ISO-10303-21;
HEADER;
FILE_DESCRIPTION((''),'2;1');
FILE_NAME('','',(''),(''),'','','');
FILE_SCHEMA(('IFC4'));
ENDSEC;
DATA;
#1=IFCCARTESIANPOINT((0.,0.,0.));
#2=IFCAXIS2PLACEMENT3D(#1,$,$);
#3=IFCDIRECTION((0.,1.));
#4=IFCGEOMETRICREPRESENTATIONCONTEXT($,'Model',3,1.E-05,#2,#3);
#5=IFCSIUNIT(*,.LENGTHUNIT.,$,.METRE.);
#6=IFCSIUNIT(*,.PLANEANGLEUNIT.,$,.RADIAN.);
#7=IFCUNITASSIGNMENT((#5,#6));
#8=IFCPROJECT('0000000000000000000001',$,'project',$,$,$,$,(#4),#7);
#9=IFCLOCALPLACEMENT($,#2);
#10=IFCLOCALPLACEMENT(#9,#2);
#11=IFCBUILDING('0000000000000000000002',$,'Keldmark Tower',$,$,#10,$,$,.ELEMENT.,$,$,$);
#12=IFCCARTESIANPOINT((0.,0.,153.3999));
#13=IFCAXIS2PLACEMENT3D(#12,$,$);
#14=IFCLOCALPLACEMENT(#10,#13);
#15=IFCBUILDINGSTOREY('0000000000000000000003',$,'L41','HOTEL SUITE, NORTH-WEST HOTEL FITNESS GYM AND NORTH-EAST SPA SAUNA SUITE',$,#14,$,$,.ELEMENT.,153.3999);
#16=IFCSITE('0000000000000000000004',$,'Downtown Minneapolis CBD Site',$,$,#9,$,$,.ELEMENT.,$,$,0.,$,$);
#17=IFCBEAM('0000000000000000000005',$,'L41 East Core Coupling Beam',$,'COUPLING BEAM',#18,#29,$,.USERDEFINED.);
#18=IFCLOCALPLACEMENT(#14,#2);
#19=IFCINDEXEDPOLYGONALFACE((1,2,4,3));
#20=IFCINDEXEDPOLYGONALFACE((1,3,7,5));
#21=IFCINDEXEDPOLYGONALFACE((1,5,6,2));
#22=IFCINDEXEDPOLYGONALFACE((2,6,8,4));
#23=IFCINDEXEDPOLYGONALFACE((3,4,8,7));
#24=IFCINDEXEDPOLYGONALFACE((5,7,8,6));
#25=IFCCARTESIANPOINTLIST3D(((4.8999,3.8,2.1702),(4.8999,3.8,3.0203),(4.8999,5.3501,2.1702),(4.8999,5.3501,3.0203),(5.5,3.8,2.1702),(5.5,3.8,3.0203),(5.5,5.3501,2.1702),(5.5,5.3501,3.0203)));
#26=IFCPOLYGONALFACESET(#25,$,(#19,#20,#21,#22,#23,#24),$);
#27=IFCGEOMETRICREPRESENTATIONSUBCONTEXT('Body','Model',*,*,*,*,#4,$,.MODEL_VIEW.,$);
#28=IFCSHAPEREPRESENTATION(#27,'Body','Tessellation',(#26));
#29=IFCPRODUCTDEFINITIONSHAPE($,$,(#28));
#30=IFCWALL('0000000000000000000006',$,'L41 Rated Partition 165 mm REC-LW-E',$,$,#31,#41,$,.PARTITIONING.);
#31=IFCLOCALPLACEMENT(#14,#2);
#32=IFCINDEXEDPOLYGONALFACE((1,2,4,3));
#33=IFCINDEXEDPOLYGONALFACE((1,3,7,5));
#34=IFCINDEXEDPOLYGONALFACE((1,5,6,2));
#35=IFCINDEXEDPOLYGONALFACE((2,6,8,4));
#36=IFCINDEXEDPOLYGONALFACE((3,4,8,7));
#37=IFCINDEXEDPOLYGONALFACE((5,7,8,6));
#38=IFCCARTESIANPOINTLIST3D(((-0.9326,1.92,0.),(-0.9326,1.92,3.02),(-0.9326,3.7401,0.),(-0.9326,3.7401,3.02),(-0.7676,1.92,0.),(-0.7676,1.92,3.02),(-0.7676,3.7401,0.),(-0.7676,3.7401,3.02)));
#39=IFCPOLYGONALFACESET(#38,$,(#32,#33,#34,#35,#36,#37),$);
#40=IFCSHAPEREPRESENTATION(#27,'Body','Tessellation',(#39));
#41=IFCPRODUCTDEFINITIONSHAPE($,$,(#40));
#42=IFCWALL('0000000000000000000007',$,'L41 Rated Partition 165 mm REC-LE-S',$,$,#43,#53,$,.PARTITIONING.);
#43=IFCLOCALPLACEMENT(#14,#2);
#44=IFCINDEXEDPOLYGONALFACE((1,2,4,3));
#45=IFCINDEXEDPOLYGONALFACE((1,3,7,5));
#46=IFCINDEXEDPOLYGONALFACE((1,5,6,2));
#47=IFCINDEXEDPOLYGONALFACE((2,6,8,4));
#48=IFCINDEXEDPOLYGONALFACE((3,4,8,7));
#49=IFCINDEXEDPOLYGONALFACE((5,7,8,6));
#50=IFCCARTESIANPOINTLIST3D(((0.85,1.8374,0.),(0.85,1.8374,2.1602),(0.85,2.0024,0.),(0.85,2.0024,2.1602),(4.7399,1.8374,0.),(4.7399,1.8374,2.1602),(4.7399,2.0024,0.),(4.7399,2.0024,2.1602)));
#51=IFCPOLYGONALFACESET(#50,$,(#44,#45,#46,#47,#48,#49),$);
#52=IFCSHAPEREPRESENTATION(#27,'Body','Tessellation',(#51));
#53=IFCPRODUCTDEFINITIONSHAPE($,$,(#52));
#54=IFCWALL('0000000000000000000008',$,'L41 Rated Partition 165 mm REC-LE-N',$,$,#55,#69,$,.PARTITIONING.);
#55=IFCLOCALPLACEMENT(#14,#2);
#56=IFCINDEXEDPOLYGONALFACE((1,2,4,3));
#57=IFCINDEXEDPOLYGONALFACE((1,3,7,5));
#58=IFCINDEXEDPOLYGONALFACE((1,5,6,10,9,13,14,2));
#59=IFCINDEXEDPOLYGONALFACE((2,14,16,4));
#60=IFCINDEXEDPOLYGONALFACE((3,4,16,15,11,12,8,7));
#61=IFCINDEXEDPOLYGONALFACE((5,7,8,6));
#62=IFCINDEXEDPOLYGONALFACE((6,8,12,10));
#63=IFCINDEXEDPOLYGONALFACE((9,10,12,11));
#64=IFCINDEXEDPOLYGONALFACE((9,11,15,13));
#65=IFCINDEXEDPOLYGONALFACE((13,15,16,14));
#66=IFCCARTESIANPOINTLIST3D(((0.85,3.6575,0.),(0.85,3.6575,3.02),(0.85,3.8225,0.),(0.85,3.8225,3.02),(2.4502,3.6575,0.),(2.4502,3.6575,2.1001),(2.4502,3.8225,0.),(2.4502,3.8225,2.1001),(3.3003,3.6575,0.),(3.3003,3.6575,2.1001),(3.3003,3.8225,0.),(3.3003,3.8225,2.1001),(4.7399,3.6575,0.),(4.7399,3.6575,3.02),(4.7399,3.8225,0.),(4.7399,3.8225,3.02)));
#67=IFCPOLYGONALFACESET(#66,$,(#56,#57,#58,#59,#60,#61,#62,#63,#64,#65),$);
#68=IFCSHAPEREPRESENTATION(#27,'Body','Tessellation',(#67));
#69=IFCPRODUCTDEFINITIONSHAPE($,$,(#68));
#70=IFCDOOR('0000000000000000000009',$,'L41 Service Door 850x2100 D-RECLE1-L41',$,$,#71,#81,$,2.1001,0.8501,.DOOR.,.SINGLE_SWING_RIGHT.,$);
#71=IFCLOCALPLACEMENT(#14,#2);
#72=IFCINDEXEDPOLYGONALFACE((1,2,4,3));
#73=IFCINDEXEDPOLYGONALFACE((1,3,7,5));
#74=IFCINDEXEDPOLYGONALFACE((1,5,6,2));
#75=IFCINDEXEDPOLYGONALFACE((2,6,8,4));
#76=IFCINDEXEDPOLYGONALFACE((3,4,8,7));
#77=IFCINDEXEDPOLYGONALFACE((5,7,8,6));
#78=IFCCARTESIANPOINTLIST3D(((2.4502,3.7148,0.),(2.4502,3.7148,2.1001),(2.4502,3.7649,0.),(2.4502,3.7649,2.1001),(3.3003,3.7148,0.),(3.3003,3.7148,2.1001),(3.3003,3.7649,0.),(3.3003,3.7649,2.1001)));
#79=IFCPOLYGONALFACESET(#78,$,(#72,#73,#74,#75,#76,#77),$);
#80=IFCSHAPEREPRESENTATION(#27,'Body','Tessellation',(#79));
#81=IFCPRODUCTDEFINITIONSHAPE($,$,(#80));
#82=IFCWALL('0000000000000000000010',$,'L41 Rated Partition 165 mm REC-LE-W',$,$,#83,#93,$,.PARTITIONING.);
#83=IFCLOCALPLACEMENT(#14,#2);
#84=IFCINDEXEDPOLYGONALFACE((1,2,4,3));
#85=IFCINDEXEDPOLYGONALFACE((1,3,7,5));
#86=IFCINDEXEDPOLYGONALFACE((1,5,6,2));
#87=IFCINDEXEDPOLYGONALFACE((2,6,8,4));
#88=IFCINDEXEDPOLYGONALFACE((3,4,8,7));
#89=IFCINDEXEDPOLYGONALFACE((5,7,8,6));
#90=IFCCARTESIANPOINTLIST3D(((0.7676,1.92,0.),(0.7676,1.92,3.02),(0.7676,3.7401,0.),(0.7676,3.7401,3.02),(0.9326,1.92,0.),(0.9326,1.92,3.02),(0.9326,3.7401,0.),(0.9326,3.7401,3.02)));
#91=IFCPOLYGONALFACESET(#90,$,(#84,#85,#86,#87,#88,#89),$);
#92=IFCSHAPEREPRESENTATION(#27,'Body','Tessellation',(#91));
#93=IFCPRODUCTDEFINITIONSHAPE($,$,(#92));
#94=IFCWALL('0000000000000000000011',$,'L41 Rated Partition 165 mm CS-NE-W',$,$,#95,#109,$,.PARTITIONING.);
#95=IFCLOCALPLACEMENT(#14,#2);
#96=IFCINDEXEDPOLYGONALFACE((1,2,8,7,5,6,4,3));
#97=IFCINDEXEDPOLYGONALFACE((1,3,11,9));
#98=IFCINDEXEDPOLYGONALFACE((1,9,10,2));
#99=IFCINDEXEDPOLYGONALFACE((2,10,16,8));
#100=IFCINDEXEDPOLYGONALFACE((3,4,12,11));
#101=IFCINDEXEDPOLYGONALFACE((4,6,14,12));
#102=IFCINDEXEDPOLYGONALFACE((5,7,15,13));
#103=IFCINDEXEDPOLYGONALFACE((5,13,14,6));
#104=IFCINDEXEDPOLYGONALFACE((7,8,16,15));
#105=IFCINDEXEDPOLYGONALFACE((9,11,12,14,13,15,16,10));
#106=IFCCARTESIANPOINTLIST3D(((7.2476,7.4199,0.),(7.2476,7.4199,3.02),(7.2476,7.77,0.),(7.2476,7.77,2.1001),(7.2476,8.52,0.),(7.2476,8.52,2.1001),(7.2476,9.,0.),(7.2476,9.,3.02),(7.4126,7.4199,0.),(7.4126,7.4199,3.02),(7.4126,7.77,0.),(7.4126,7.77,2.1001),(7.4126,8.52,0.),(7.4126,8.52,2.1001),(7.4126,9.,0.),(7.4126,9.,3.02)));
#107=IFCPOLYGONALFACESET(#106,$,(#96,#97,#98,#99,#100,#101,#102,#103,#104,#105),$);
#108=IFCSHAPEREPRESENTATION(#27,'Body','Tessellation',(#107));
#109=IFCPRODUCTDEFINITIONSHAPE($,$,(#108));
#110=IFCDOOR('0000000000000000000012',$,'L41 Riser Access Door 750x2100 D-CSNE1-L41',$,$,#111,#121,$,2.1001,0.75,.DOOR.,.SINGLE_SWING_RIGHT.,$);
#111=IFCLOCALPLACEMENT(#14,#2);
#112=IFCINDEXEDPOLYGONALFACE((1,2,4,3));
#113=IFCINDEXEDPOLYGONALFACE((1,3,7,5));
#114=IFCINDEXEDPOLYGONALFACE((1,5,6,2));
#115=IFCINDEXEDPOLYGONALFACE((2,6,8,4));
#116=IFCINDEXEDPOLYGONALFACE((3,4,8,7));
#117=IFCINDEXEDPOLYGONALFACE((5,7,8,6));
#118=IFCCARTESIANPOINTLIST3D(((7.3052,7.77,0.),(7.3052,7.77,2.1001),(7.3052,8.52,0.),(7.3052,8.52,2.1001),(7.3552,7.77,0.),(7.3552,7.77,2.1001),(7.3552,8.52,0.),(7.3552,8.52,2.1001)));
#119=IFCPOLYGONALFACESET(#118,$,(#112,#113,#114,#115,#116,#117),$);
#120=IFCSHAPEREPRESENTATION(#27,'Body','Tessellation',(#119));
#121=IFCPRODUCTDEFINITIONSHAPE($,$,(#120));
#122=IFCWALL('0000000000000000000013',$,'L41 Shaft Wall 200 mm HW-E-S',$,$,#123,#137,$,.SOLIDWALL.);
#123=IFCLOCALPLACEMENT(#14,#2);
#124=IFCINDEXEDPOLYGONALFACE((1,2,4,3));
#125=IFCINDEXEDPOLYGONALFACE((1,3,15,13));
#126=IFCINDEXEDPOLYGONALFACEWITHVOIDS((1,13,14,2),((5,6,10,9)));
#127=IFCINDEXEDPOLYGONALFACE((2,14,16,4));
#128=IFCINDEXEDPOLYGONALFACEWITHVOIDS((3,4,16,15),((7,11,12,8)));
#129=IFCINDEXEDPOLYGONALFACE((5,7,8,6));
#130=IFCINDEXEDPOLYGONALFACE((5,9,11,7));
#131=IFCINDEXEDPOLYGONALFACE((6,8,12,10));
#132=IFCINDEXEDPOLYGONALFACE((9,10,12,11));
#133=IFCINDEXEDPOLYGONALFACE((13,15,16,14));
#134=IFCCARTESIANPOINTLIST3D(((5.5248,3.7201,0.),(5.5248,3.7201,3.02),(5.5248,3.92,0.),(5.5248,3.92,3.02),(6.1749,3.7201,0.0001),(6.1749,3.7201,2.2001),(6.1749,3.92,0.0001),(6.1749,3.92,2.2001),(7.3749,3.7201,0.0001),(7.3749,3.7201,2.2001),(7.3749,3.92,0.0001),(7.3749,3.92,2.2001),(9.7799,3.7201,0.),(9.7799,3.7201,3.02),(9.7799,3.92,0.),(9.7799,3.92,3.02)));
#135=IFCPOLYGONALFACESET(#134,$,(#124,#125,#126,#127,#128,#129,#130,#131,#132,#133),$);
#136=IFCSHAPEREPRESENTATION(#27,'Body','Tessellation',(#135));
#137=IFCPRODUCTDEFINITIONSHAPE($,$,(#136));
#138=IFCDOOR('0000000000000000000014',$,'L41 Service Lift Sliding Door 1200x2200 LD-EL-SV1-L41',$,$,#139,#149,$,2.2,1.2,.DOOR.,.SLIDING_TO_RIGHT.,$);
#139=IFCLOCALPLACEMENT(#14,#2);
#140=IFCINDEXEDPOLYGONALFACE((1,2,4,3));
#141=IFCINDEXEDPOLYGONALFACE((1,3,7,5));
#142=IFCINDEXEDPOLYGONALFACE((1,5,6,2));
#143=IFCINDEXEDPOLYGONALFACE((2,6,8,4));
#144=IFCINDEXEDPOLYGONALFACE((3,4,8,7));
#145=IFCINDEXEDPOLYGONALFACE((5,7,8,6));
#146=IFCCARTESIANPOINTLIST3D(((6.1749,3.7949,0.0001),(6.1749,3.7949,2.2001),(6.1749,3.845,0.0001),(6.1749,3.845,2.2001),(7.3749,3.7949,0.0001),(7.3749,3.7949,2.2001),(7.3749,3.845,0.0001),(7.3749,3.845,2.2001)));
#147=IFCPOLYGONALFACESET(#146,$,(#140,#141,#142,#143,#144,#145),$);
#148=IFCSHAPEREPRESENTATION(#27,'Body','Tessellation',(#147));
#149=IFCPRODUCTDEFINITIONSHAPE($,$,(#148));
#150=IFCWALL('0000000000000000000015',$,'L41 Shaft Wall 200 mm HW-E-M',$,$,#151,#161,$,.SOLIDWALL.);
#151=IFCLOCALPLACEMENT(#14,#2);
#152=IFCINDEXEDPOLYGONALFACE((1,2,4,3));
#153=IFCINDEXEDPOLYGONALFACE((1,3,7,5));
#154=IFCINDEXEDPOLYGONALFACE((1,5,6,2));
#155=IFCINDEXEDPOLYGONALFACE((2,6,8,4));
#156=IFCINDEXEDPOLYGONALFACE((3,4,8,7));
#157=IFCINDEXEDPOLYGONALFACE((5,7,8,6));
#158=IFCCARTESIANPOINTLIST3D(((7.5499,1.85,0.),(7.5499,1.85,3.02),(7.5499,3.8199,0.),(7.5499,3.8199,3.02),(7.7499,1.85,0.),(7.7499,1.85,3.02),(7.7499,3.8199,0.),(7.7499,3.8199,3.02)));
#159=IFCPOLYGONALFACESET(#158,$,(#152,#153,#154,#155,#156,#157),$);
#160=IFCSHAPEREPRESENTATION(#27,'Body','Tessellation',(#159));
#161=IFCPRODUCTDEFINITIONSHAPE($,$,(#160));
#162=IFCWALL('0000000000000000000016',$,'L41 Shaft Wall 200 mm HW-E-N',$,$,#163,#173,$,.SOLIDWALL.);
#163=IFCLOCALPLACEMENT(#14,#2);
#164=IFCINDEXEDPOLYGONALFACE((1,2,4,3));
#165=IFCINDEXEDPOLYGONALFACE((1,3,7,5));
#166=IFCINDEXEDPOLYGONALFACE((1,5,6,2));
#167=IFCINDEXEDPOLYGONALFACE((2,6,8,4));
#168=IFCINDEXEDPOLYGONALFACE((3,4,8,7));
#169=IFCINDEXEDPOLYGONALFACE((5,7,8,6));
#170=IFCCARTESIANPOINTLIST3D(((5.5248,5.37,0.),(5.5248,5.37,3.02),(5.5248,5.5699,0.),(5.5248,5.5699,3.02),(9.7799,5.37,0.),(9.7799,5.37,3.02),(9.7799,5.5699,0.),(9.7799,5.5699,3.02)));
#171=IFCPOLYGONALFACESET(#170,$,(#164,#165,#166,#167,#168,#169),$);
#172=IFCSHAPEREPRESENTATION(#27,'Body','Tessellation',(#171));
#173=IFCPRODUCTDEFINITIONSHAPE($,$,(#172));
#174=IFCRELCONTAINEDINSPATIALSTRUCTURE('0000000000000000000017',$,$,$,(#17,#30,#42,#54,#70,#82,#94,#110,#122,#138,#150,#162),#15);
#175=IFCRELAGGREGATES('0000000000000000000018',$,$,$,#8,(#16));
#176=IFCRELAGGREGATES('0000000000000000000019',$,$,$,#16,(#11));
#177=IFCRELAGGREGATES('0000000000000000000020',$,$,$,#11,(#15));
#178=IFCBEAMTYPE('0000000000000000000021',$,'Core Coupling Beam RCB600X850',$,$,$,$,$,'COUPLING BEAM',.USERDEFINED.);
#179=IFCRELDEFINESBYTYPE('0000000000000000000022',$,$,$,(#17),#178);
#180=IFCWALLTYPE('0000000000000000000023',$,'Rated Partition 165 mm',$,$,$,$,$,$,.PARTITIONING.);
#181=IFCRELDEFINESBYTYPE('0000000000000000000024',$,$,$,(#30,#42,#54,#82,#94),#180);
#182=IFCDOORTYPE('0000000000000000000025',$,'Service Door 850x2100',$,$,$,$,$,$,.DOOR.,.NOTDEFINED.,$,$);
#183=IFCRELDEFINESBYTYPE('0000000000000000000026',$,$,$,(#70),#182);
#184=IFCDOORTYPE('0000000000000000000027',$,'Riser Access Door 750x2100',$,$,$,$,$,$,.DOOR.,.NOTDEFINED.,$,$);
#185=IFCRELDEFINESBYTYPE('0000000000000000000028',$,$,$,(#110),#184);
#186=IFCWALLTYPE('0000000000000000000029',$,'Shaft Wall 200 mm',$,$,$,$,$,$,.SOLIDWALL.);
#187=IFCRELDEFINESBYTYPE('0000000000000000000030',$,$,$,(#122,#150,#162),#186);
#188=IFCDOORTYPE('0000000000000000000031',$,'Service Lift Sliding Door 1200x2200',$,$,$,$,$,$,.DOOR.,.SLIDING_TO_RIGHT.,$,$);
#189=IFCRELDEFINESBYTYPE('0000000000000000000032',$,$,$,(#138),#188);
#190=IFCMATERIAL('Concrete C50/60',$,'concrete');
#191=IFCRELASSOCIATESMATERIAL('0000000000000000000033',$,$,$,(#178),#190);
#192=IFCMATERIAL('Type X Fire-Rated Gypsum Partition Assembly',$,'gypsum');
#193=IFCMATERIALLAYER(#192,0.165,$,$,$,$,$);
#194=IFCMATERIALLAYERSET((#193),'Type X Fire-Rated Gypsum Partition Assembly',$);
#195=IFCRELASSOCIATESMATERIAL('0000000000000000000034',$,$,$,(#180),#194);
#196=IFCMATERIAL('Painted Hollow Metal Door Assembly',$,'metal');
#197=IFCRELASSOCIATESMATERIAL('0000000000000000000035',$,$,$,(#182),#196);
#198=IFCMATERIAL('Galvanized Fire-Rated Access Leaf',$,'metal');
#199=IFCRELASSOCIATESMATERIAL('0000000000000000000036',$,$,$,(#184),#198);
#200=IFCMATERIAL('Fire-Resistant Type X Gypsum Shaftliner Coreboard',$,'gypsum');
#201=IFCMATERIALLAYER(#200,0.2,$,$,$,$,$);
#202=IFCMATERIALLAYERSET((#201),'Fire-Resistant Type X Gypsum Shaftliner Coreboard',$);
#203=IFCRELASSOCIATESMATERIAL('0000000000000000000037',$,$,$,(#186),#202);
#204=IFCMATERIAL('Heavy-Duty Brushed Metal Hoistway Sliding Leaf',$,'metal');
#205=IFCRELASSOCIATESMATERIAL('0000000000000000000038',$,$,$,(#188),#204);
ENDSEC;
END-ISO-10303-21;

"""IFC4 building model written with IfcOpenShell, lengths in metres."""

from ifc_helpers import new_model, si_unit, direction, frame, frame_2d, origin, origin_2d, place, context, subcontext, project, spatial, rectangle, extrude, material, layer, layer_set, material_profile, profile_set, type_object, element, fill, save


model = new_model("IFC4")

# Units and contexts
model_context = context("Model", 3, precision=1e-05, world=origin(), true_north=direction((0.0, 1.0)))
body_context = subcontext(model_context, "Body", "Model", "MODEL_VIEW")
ifc_project = project(units=[si_unit("LENGTHUNIT", "METRE"), si_unit("PLANEANGLEUNIT", "RADIAN")], contexts=[model_context])

# Site, building, storey
site_placement = place(None, origin())
site = spatial("IfcSite", under=ifc_project, at=site_placement, Name="Downtown Minneapolis CBD Site", CompositionType="ELEMENT", RefElevation=0.0)
building_placement = place(site_placement, origin())
building = spatial("IfcBuilding", under=site, at=building_placement, Name="Keldmark Tower", CompositionType="ELEMENT")
storey_placement = place(building_placement, frame((0.0, 0.0, 153.3999)))
storey = spatial("IfcBuildingStorey", under=building, at=storey_placement, Name="L41", Description="HOTEL SUITE, NORTH-WEST HOTEL FITNESS GYM AND NORTH-EAST SPA SAUNA SUITE", CompositionType="ELEMENT", Elevation=153.3999)

# Beam
ifc_material_1 = material(Name="Concrete C50/60", Category="concrete")
ifc_material_profile = material_profile(ifc_material_1, rectangle(XDim=0.6001, YDim=0.8501, at=origin_2d()), Name="RCB600X850")
ifc_profile_set = profile_set([ifc_material_profile], Name="Concrete C50/60")
beam_type = type_object("IfcBeamType", Name="Core Coupling Beam RCB600X850", ElementType="COUPLING BEAM", PredefinedType="USERDEFINED", material=ifc_profile_set)
beam_placement = place(storey_placement, frame((5.2, 3.8, 2.5952), z_axis=(0.0, 1.0, 0.0), x_axis=(-1.0, 0.0, 0.0)))
element("IfcBeam", 1, at=beam_placement, inside=storey, type_object=beam_type, Name="L41 East Core Coupling Beam", ObjectType="COUPLING BEAM", PredefinedType="USERDEFINED", context=body_context, shape_type="SweptSolid", body=[
    extrude(rectangle(XDim=0.6001, YDim=0.8501, at=origin_2d()), origin(), (0.0, 0.0, 1.0), 1.55),
])

# Walls
ifc_material_2 = material(Name="Type X Fire-Rated Gypsum Partition Assembly", Category="gypsum")
ifc_layer_1 = layer(ifc_material_2, 0.165)
ifc_layer_set_1 = layer_set([ifc_layer_1], Name="Type X Fire-Rated Gypsum Partition Assembly")
wall_type_1 = type_object("IfcWallType", Name="Rated Partition 165 mm", PredefinedType="PARTITIONING", material=ifc_layer_set_1)
wall_1_placement = place(storey_placement, frame((-0.8501, 1.9199, 0.0), z_axis=(0.0, 0.0, 1.0), x_axis=(0.0, 1.0, 0.0)))
element("IfcWall", 2, at=wall_1_placement, inside=storey, type_object=wall_type_1, Name="L41 Rated Partition 165 mm REC-LW-E", PredefinedType="PARTITIONING", context=body_context, shape_type="SweptSolid", body=[
    extrude(rectangle(XDim=1.8201, YDim=0.165, at=frame_2d((0.9102, 0.0))), origin(), (0.0, 0.0, 1.0), 3.02),
])
wall_2_placement = place(storey_placement, frame((0.8501, 1.9199, 0.0), z_axis=(0.0, 0.0, 1.0), x_axis=(1.0, 0.0, 0.0)))
element("IfcWall", 3, at=wall_2_placement, inside=storey, type_object=wall_type_1, Name="L41 Rated Partition 165 mm REC-LE-S", PredefinedType="PARTITIONING", context=body_context, shape_type="SweptSolid", body=[
    extrude(rectangle(XDim=3.8899, YDim=0.165, at=frame_2d((1.9448, 0.0))), origin(), (0.0, 0.0, 1.0), 2.1602),
])

# Wall, opening, door
wall_3_placement = place(storey_placement, frame((0.8501, 3.74, 0.0), z_axis=(0.0, 0.0, 1.0), x_axis=(1.0, 0.0, 0.0)))
wall_3 = element("IfcWall", 4, at=wall_3_placement, inside=storey, type_object=wall_type_1, Name="L41 Rated Partition 165 mm REC-LE-N", PredefinedType="PARTITIONING", context=body_context, shape_type="SweptSolid", body=[
    extrude(rectangle(XDim=3.8899, YDim=0.165, at=frame_2d((1.9448, 0.0))), origin(), (0.0, 0.0, 1.0), 3.02),
])
opening_1_placement = place(wall_3_placement, frame((1.6001, 0.0, 0.0)))
opening_1 = element("IfcOpeningElement", 5, at=opening_1_placement, cuts=wall_3, PredefinedType="OPENING", context=body_context, shape_type="SweptSolid", body=[
    extrude(rectangle(XDim=0.8501, YDim=2.1001, at=frame_2d((0.425, 1.05))), frame((0.0, 0.0925, 0.0), z_axis=(0.0, -1.0, 0.0), x_axis=(1.0, 0.0, 0.0)), (0.0, 0.0, 1.0), 0.1851),
])
ifc_material_3 = material(Name="Painted Hollow Metal Door Assembly", Category="metal")
door_type_1 = type_object("IfcDoorType", Name="Service Door 850x2100", OperationType="NOTDEFINED", PredefinedType="DOOR", material=ifc_material_3)
door_1_placement = place(opening_1_placement, origin())
door_1 = element("IfcDoor", 6, at=door_1_placement, inside=storey, type_object=door_type_1, Name="L41 Service Door 850x2100 D-RECLE1-L41", OperationType="SINGLE_SWING_RIGHT", OverallHeight=2.1001, OverallWidth=0.8501, PredefinedType="DOOR", context=body_context, shape_type="SweptSolid", body=[
    extrude(rectangle(XDim=0.8501, YDim=2.1001, at=frame_2d((0.425, 1.05))), frame((0.0, 0.0249, 0.0), z_axis=(0.0, -1.0, 0.0), x_axis=(1.0, 0.0, 0.0)), (0.0, 0.0, 1.0), 0.05),
])
fill(opening_1, door_1)

# Wall
wall_4_placement = place(storey_placement, frame((0.8501, 1.9199, 0.0), z_axis=(0.0, 0.0, 1.0), x_axis=(0.0, 1.0, 0.0)))
element("IfcWall", 7, at=wall_4_placement, inside=storey, type_object=wall_type_1, Name="L41 Rated Partition 165 mm REC-LE-W", PredefinedType="PARTITIONING", context=body_context, shape_type="SweptSolid", body=[
    extrude(rectangle(XDim=1.8201, YDim=0.165, at=frame_2d((0.9102, 0.0))), origin(), (0.0, 0.0, 1.0), 3.02),
])

# Walls, openings, doors
wall_5_placement = place(storey_placement, frame((7.3301, 7.4199, 0.0), z_axis=(0.0, 0.0, 1.0), x_axis=(0.0, 1.0, 0.0)))
wall_5 = element("IfcWall", 8, at=wall_5_placement, inside=storey, type_object=wall_type_1, Name="L41 Rated Partition 165 mm CS-NE-W", PredefinedType="PARTITIONING", context=body_context, shape_type="SweptSolid", body=[
    extrude(rectangle(XDim=1.5801, YDim=0.165, at=frame_2d((0.79, 0.0))), origin(), (0.0, 0.0, 1.0), 3.02),
])
opening_2_placement = place(wall_5_placement, frame((0.3501, 0.0, 0.0)))
opening_2 = element("IfcOpeningElement", 9, at=opening_2_placement, cuts=wall_5, PredefinedType="OPENING", context=body_context, shape_type="SweptSolid", body=[
    extrude(rectangle(XDim=0.75, YDim=2.1001, at=frame_2d((0.375, 1.05))), frame((0.0, 0.0925, 0.0), z_axis=(0.0, -1.0, 0.0), x_axis=(1.0, 0.0, 0.0)), (0.0, 0.0, 1.0), 0.1851),
])
ifc_material_4 = material(Name="Galvanized Fire-Rated Access Leaf", Category="metal")
door_type_2 = type_object("IfcDoorType", Name="Riser Access Door 750x2100", OperationType="NOTDEFINED", PredefinedType="DOOR", material=ifc_material_4)
door_2_placement = place(opening_2_placement, origin())
door_2 = element("IfcDoor", 10, at=door_2_placement, inside=storey, type_object=door_type_2, Name="L41 Riser Access Door 750x2100 D-CSNE1-L41", OperationType="SINGLE_SWING_RIGHT", OverallHeight=2.1001, OverallWidth=0.75, PredefinedType="DOOR", context=body_context, shape_type="SweptSolid", body=[
    extrude(rectangle(XDim=0.75, YDim=2.1001, at=frame_2d((0.375, 1.05))), frame((0.0, 0.0249, 0.0), z_axis=(0.0, -1.0, 0.0), x_axis=(1.0, 0.0, 0.0)), (0.0, 0.0, 1.0), 0.05),
])
fill(opening_2, door_2)
ifc_material_5 = material(Name="Fire-Resistant Type X Gypsum Shaftliner Coreboard", Category="gypsum")
ifc_layer_2 = layer(ifc_material_5, 0.2)
ifc_layer_set_2 = layer_set([ifc_layer_2], Name="Fire-Resistant Type X Gypsum Shaftliner Coreboard")
wall_type_2 = type_object("IfcWallType", Name="Shaft Wall 200 mm", PredefinedType="SOLIDWALL", material=ifc_layer_set_2)
wall_6_placement = place(storey_placement, frame((5.5249, 3.8201, 0.0), z_axis=(0.0, 0.0, 1.0), x_axis=(1.0, 0.0, 0.0)))
wall_6 = element("IfcWall", 11, at=wall_6_placement, inside=storey, type_object=wall_type_2, Name="L41 Shaft Wall 200 mm HW-E-S", PredefinedType="SOLIDWALL", context=body_context, shape_type="SweptSolid", body=[
    extrude(rectangle(XDim=4.2551, YDim=0.2, at=frame_2d((2.1274, 0.0))), origin(), (0.0, 0.0, 1.0), 3.02),
])
opening_3_placement = place(wall_6_placement, frame((0.6499, 0.0, 0.0)))
opening_3 = element("IfcOpeningElement", 12, at=opening_3_placement, cuts=wall_6, PredefinedType="OPENING", context=body_context, shape_type="SweptSolid", body=[
    extrude(rectangle(XDim=1.2, YDim=2.2, at=frame_2d((0.6001, 1.1001))), frame((0.0, 0.1099, 0.0), z_axis=(0.0, -1.0, 0.0), x_axis=(1.0, 0.0, 0.0)), (0.0, 0.0, 1.0), 0.22),
])
ifc_material_6 = material(Name="Heavy-Duty Brushed Metal Hoistway Sliding Leaf", Category="metal")
door_type_3 = type_object("IfcDoorType", Name="Service Lift Sliding Door 1200x2200", OperationType="SLIDING_TO_RIGHT", PredefinedType="DOOR", material=ifc_material_6)
door_3_placement = place(opening_3_placement, origin())
door_3 = element("IfcDoor", 13, at=door_3_placement, inside=storey, type_object=door_type_3, Name="L41 Service Lift Sliding Door 1200x2200 LD-EL-SV1-L41", OperationType="SLIDING_TO_RIGHT", OverallHeight=2.2, OverallWidth=1.2, PredefinedType="DOOR", context=body_context, shape_type="SweptSolid", body=[
    extrude(rectangle(XDim=1.2, YDim=2.2, at=frame_2d((0.6001, 1.1001))), frame((0.0, 0.0249, 0.0), z_axis=(0.0, -1.0, 0.0), x_axis=(1.0, 0.0, 0.0)), (0.0, 0.0, 1.0), 0.05),
])
fill(opening_3, door_3)

# Walls
wall_7_placement = place(storey_placement, frame((7.6499, 1.8501, 0.0), z_axis=(0.0, 0.0, 1.0), x_axis=(0.0, 1.0, 0.0)))
element("IfcWall", 14, at=wall_7_placement, inside=storey, type_object=wall_type_2, Name="L41 Shaft Wall 200 mm HW-E-M", PredefinedType="SOLIDWALL", context=body_context, shape_type="SweptSolid", body=[
    extrude(rectangle(XDim=1.97, YDim=0.2, at=frame_2d((0.9849, 0.0))), origin(), (0.0, 0.0, 1.0), 3.02),
])
for number, where, z_axis, x_axis, name in (
    (15, (5.5249, 5.47, 0.0), (0.0, 0.0, 1.0), (1.0, 0.0, 0.0), "L41 Shaft Wall 200 mm HW-E-N"),
):
    element("IfcWall", number, at=place(storey_placement, frame(where, z_axis=z_axis, x_axis=x_axis)), inside=storey, type_object=wall_type_2, Name=name, PredefinedType="SOLIDWALL", context=body_context, shape_type="SweptSolid", body=[
        extrude(rectangle(XDim=4.2551, YDim=0.2, at=frame_2d((2.1274, 0.0))), origin(), (0.0, 0.0, 1.0), 3.02),
    ])

save(model, "model.ifc")
